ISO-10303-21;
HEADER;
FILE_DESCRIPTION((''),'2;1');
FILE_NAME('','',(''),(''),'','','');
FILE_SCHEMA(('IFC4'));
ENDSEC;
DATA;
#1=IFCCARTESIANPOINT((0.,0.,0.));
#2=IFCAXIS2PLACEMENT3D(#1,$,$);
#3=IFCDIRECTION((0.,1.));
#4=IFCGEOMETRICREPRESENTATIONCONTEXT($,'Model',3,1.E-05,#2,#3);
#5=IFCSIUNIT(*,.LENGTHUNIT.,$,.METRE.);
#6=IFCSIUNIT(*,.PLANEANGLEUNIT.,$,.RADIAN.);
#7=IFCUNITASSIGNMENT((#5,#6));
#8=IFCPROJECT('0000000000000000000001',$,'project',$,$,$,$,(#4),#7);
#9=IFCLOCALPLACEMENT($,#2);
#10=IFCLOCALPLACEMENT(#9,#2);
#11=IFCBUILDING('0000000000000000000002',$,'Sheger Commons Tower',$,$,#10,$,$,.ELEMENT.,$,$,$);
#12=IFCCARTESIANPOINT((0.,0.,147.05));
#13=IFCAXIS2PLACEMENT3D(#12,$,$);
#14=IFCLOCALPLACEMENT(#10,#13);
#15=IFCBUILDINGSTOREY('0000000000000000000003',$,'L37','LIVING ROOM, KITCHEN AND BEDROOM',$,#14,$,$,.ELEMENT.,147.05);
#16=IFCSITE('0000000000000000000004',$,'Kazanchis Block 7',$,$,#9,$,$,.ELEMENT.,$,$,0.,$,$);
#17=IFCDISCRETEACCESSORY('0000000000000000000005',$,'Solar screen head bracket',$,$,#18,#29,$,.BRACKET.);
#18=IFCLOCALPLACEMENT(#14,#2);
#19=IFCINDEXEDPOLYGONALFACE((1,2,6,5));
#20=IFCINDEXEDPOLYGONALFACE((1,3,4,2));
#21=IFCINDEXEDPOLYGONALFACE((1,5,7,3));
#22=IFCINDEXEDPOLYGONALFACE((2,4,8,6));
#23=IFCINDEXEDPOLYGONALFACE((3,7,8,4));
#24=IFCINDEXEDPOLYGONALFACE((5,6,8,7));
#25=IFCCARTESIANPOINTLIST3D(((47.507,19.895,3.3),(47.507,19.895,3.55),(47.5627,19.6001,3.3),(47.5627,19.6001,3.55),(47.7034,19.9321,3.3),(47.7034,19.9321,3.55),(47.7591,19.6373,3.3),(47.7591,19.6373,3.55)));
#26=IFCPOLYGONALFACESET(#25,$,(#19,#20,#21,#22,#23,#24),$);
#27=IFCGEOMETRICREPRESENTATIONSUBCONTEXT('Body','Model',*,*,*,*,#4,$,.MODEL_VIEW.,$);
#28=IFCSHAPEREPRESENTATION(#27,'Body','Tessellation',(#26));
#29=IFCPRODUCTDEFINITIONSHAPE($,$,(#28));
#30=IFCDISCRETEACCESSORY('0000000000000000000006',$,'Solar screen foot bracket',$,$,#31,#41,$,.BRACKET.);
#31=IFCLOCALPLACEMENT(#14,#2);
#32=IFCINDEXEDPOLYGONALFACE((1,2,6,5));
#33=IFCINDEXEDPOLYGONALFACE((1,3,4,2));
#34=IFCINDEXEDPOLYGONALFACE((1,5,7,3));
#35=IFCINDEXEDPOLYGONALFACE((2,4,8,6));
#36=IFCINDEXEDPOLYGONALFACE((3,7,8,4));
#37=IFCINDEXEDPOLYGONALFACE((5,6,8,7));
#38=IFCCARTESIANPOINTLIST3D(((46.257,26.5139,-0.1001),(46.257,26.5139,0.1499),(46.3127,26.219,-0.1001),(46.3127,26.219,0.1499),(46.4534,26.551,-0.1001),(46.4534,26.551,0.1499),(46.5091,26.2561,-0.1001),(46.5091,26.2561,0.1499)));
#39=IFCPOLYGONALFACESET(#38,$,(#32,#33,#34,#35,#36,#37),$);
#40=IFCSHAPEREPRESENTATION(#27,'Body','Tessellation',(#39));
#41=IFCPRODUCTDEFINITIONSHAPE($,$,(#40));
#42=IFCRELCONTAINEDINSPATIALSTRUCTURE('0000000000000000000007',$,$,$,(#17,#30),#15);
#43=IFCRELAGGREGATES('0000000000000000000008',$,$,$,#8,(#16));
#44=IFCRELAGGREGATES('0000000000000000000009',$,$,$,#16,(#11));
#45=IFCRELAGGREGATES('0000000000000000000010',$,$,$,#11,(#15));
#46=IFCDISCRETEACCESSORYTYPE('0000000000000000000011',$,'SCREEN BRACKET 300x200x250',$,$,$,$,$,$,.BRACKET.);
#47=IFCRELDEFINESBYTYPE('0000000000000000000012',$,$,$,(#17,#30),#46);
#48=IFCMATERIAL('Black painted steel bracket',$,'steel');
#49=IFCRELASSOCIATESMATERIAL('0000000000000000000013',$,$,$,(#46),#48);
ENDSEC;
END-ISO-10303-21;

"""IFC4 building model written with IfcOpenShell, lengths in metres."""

from ifc_helpers import new_model, si_unit, direction, frame, origin, origin_2d, place, context, subcontext, project, spatial, rectangle, extrude, material, type_object, element, save


model = new_model("IFC4")

# Units and contexts
model_context = context("Model", 3, precision=1e-05, world=origin(), true_north=direction((0.0, 1.0)))
body_context = subcontext(model_context, "Body", "Model", "MODEL_VIEW")
ifc_project = project(units=[si_unit("LENGTHUNIT", "METRE"), si_unit("PLANEANGLEUNIT", "RADIAN")], contexts=[model_context])

# Site, building, storey
site_placement = place(None, origin())
site = spatial("IfcSite", under=ifc_project, at=site_placement, Name="Kazanchis Block 7", CompositionType="ELEMENT", RefElevation=0.0)
building_placement = place(site_placement, origin())
building = spatial("IfcBuilding", under=site, at=building_placement, Name="Sheger Commons Tower", CompositionType="ELEMENT")
storey_placement = place(building_placement, frame((0.0, 0.0, 147.05)))
storey = spatial("IfcBuildingStorey", under=building, at=storey_placement, Name="L37", Description="LIVING ROOM, KITCHEN AND BEDROOM", CompositionType="ELEMENT", Elevation=147.05)

# Discrete accessories
ifc_material_1 = material(Name="Black painted steel bracket", Category="steel")
discrete_accessory_type = type_object("IfcDiscreteAccessoryType", Name="SCREEN BRACKET 300x200x250", PredefinedType="BRACKET", material=ifc_material_1)
for number, where, z_axis, x_axis, name in (
    (1, (47.6331, 19.7661, 3.3), (0.0, 0.0, 1.0), (-0.185615, 0.982623, 0.0), "Solar screen head bracket"),
    (2, (46.3831, 26.385, -0.1001), (0.0, 0.0, 1.0), (-0.185615, 0.982623, 0.0), "Solar screen foot bracket"),
):
    element("IfcDiscreteAccessory", number, at=place(storey_placement, frame(where, z_axis=z_axis, x_axis=x_axis)), inside=storey, type_object=discrete_accessory_type, Name=name, PredefinedType="BRACKET", context=body_context, shape_type="SweptSolid", body=[
        extrude(rectangle(XDim=0.3, YDim=0.2, at=origin_2d()), origin(), (0.0, 0.0, 1.0), 0.25),
    ])

save(model, "model.ifc")
